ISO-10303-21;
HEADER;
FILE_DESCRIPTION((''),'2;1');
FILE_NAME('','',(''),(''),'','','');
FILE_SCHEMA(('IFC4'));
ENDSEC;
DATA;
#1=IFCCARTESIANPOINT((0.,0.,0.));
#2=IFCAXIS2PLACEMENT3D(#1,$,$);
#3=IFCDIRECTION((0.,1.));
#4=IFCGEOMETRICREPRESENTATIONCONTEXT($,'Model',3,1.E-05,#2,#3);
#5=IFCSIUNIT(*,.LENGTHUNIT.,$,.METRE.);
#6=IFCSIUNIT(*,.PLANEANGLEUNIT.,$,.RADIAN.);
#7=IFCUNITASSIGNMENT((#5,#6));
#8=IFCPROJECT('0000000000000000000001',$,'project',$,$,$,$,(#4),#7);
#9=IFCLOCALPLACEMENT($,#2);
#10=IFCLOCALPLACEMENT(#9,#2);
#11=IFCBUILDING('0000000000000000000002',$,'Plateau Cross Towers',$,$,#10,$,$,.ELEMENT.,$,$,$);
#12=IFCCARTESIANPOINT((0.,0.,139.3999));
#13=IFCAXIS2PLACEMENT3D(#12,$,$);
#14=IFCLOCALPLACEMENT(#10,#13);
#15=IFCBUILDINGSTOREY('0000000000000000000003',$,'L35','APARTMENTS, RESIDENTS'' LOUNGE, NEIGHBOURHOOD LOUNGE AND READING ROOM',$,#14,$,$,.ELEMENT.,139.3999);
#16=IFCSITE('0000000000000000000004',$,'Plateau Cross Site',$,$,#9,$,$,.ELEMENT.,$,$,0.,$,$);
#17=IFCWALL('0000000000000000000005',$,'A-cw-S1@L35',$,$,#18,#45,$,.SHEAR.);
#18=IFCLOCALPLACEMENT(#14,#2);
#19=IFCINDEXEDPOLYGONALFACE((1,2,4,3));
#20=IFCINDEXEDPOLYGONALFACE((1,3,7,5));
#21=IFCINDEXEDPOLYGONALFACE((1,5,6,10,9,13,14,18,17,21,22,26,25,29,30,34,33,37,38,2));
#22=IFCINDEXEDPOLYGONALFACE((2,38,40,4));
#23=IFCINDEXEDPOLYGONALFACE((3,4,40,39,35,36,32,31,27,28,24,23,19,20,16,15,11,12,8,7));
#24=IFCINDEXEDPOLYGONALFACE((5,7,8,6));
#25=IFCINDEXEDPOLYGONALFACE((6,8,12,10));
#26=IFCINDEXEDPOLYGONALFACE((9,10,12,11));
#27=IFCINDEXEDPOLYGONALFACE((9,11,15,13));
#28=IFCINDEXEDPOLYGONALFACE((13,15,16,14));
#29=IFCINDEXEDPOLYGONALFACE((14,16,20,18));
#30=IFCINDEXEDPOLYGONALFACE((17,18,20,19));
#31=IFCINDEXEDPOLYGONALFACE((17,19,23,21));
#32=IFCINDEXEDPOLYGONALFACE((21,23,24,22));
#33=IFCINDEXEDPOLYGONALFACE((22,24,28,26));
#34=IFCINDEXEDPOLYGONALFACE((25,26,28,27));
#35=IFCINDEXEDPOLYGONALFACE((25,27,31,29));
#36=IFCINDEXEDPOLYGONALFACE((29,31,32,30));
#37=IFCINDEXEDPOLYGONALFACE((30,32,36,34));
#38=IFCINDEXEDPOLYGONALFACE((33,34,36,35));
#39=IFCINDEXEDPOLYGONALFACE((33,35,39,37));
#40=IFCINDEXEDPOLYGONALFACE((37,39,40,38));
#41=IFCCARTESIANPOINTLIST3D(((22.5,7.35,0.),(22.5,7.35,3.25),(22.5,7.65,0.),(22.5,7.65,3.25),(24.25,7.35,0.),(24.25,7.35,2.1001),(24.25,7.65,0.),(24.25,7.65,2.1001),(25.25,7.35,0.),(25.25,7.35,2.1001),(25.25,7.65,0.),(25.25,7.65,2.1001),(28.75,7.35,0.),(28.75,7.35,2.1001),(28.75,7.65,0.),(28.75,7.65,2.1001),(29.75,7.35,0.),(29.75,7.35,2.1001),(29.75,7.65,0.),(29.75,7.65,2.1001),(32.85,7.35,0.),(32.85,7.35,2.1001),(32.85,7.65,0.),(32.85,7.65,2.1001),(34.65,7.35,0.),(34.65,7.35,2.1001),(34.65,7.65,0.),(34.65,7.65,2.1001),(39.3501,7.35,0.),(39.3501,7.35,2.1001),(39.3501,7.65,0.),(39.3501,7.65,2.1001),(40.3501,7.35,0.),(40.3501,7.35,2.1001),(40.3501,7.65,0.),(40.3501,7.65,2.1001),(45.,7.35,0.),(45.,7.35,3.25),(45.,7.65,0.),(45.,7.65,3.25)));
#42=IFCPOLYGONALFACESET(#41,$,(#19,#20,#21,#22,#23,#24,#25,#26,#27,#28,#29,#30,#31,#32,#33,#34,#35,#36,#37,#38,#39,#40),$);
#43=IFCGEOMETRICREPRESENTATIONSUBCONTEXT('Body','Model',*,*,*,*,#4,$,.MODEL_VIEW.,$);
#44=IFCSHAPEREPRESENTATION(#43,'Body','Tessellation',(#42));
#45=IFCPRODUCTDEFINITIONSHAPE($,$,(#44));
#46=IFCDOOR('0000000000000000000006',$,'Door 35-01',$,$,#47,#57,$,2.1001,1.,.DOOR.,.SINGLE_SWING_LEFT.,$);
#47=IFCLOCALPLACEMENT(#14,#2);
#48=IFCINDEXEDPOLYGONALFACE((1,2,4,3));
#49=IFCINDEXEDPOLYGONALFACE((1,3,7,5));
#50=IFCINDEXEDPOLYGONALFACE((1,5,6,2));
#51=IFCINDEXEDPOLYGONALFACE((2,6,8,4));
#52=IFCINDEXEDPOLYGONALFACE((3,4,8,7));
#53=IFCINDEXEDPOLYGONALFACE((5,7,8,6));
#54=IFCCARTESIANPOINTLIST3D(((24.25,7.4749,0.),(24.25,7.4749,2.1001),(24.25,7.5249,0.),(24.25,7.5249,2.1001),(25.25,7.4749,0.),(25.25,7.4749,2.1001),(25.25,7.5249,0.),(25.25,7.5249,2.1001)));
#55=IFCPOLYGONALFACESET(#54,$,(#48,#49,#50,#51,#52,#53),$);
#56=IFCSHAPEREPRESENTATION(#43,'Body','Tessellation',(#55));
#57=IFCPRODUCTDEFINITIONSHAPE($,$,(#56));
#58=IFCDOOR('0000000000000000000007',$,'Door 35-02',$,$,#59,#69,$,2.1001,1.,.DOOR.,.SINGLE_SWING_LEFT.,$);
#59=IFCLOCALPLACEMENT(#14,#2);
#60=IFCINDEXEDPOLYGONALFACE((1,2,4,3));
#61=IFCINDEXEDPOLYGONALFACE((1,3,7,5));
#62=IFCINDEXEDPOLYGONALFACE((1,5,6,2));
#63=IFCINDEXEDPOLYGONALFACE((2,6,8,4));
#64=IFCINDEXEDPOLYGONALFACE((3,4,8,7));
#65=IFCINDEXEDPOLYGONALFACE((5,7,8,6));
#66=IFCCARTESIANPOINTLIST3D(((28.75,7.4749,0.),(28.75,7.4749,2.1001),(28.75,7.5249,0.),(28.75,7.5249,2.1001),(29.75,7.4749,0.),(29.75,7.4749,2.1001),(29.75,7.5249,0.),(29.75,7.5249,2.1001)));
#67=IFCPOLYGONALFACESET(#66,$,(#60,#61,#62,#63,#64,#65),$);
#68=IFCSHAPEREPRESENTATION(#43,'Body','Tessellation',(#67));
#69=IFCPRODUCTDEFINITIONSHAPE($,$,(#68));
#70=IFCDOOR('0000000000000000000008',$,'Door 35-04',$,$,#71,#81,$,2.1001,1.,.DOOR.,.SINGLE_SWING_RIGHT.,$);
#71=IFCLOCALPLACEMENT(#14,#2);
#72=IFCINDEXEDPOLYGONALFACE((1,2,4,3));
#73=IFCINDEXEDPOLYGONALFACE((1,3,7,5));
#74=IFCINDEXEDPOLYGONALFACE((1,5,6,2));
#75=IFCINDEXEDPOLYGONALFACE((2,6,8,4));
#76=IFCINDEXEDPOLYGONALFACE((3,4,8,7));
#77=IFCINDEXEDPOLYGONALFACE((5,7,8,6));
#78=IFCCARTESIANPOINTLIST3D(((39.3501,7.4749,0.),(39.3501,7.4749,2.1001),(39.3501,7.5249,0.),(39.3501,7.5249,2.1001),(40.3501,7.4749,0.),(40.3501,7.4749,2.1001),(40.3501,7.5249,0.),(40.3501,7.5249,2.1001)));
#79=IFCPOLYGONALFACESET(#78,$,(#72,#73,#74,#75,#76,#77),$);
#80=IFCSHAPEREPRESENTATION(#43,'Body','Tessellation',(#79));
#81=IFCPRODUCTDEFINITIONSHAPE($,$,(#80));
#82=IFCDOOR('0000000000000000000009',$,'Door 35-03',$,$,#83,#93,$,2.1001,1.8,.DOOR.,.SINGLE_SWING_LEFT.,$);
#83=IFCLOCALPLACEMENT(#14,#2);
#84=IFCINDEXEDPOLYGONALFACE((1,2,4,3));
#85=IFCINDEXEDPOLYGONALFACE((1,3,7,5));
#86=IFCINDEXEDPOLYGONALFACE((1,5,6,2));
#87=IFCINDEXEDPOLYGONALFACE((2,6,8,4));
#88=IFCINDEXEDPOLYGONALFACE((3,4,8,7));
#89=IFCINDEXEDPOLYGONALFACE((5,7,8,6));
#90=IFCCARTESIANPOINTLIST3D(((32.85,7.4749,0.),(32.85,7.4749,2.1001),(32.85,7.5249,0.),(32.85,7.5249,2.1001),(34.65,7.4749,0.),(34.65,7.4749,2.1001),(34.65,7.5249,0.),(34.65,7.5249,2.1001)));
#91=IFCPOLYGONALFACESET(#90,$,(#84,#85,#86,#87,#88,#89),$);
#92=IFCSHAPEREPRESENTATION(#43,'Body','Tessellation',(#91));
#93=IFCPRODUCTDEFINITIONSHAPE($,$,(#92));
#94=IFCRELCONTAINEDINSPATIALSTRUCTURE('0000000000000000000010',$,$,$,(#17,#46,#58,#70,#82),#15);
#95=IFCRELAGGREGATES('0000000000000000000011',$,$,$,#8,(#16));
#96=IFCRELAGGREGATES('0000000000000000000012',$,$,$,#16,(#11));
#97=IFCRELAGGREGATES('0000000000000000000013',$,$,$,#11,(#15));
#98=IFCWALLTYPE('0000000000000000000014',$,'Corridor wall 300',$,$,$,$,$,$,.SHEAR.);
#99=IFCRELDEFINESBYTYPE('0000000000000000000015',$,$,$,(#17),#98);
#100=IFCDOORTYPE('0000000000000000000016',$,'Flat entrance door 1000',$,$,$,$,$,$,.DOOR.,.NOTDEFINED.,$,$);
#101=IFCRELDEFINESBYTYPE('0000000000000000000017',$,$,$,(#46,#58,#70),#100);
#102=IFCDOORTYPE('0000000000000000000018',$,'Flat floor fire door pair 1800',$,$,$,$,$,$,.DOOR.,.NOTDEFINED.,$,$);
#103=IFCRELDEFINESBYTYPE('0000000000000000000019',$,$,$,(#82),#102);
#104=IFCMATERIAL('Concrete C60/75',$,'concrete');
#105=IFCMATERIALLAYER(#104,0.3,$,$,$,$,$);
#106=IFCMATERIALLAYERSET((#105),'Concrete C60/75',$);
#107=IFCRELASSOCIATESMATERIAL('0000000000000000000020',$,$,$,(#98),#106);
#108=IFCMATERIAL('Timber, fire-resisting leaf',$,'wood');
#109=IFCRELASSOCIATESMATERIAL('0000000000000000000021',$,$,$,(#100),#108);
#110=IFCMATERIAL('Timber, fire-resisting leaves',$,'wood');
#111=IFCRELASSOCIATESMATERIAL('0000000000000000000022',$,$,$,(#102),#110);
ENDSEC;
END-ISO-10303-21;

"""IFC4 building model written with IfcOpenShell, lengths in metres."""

from ifc_helpers import new_model, si_unit, direction, frame, frame_2d, origin, place, context, subcontext, project, spatial, rectangle, extrude, material, layer, layer_set, type_object, element, fill, save


model = new_model("IFC4")

# Units and contexts
model_context = context("Model", 3, precision=1e-05, world=origin(), true_north=direction((0.0, 1.0)))
body_context = subcontext(model_context, "Body", "Model", "MODEL_VIEW")
ifc_project = project(units=[si_unit("LENGTHUNIT", "METRE"), si_unit("PLANEANGLEUNIT", "RADIAN")], contexts=[model_context])

# Site, building, storey
site_placement = place(None, origin())
site = spatial("IfcSite", under=ifc_project, at=site_placement, Name="Plateau Cross Site", CompositionType="ELEMENT", RefElevation=0.0)
building_placement = place(site_placement, origin())
building = spatial("IfcBuilding", under=site, at=building_placement, Name="Plateau Cross Towers", CompositionType="ELEMENT")
storey_placement = place(building_placement, frame((0.0, 0.0, 139.3999)))
storey = spatial("IfcBuildingStorey", under=building, at=storey_placement, Name="L35", Description="APARTMENTS, RESIDENTS' LOUNGE, NEIGHBOURHOOD LOUNGE AND READING ROOM", CompositionType="ELEMENT", Elevation=139.3999)

# Shared definitions
ifc_material_1 = material(Name="Concrete C60/75", Category="concrete")

# Wall, openings, doors
ifc_layer_1 = layer(ifc_material_1, 0.3)
ifc_layer_set_1 = layer_set([ifc_layer_1], Name="Concrete C60/75")
wall_type_1 = type_object("IfcWallType", Name="Corridor wall 300", PredefinedType="SHEAR", material=ifc_layer_set_1)
wall_1_placement = place(storey_placement, frame((22.5, 7.5, 0.0), z_axis=(0.0, 0.0, 1.0), x_axis=(1.0, 0.0, 0.0)))
wall_1 = element("IfcWall", 1, at=wall_1_placement, inside=storey, type_object=wall_type_1, Name="A-cw-S1@L35", PredefinedType="SHEAR", context=body_context, shape_type="SweptSolid", body=[
    extrude(rectangle(XDim=22.5, YDim=0.3, at=frame_2d((11.25, 0.0))), origin(), (0.0, 0.0, 1.0), 3.25),
])
opening_1_placement = place(wall_1_placement, frame((1.75, 0.0, 0.0)))
opening_1 = element("IfcOpeningElement", 2, at=opening_1_placement, cuts=wall_1, PredefinedType="OPENING", context=body_context, shape_type="SweptSolid", body=[
    extrude(rectangle(XDim=1.0, YDim=2.1001, at=frame_2d((0.5, 1.05))), frame((0.0, 0.1599, 0.0), z_axis=(0.0, -1.0, 0.0), x_axis=(1.0, 0.0, 0.0)), (0.0, 0.0, 1.0), 0.3201),
])
opening_2_placement = place(wall_1_placement, frame((6.25, 0.0, 0.0)))
opening_2 = element("IfcOpeningElement", 3, at=opening_2_placement, cuts=wall_1, PredefinedType="OPENING", context=body_context, shape_type="SweptSolid", body=[
    extrude(rectangle(XDim=1.0, YDim=2.1001, at=frame_2d((0.5, 1.05))), frame((0.0, 0.1599, 0.0), z_axis=(0.0, -1.0, 0.0), x_axis=(1.0, 0.0, 0.0)), (0.0, 0.0, 1.0), 0.3201),
])
opening_3_placement = place(wall_1_placement, frame((10.3501, 0.0, 0.0)))
opening_3 = element("IfcOpeningElement", 4, at=opening_3_placement, cuts=wall_1, PredefinedType="OPENING", context=body_context, shape_type="SweptSolid", body=[
    extrude(rectangle(XDim=1.8, YDim=2.1001, at=frame_2d((0.8999, 1.05))), frame((0.0, 0.1599, 0.0), z_axis=(0.0, -1.0, 0.0), x_axis=(1.0, 0.0, 0.0)), (0.0, 0.0, 1.0), 0.3201),
])
opening_4_placement = place(wall_1_placement, frame((16.8501, 0.0, 0.0)))
opening_4 = element("IfcOpeningElement", 5, at=opening_4_placement, cuts=wall_1, PredefinedType="OPENING", context=body_context, shape_type="SweptSolid", body=[
    extrude(rectangle(XDim=1.0, YDim=2.1001, at=frame_2d((0.5, 1.05))), frame((0.0, 0.1599, 0.0), z_axis=(0.0, -1.0, 0.0), x_axis=(1.0, 0.0, 0.0)), (0.0, 0.0, 1.0), 0.3201),
])
ifc_material_2 = material(Name="Timber, fire-resisting leaf", Category="wood")
door_type_1 = type_object("IfcDoorType", Name="Flat entrance door 1000", OperationType="NOTDEFINED", PredefinedType="DOOR", material=ifc_material_2)
door_1_placement = place(opening_1_placement, origin())
door_1 = element("IfcDoor", 6, at=door_1_placement, inside=storey, type_object=door_type_1, Name="Door 35-01", OperationType="SINGLE_SWING_LEFT", OverallHeight=2.1001, OverallWidth=1.0, PredefinedType="DOOR", context=body_context, shape_type="SweptSolid", body=[
    extrude(rectangle(XDim=1.0, YDim=2.1001, at=frame_2d((0.5, 1.05))), frame((0.0, 0.0249, 0.0), z_axis=(0.0, -1.0, 0.0), x_axis=(1.0, 0.0, 0.0)), (0.0, 0.0, 1.0), 0.05),
])
fill(opening_1, door_1)
door_2_placement = place(opening_2_placement, origin())
door_2 = element("IfcDoor", 7, at=door_2_placement, inside=storey, type_object=door_type_1, Name="Door 35-02", OperationType="SINGLE_SWING_LEFT", OverallHeight=2.1001, OverallWidth=1.0, PredefinedType="DOOR", context=body_context, shape_type="SweptSolid", body=[
    extrude(rectangle(XDim=1.0, YDim=2.1001, at=frame_2d((0.5, 1.05))), frame((0.0, 0.0249, 0.0), z_axis=(0.0, -1.0, 0.0), x_axis=(1.0, 0.0, 0.0)), (0.0, 0.0, 1.0), 0.05),
])
fill(opening_2, door_2)
door_3_placement = place(opening_4_placement, origin())
door_3 = element("IfcDoor", 8, at=door_3_placement, inside=storey, type_object=door_type_1, Name="Door 35-04", OperationType="SINGLE_SWING_RIGHT", OverallHeight=2.1001, OverallWidth=1.0, PredefinedType="DOOR", context=body_context, shape_type="SweptSolid", body=[
    extrude(rectangle(XDim=1.0, YDim=2.1001, at=frame_2d((0.5, 1.05))), frame((0.0, 0.0249, 0.0), z_axis=(0.0, -1.0, 0.0), x_axis=(1.0, 0.0, 0.0)), (0.0, 0.0, 1.0), 0.05),
])
fill(opening_4, door_3)
ifc_material_3 = material(Name="Timber, fire-resisting leaves", Category="wood")
door_type_2 = type_object("IfcDoorType", Name="Flat floor fire door pair 1800", OperationType="NOTDEFINED", PredefinedType="DOOR", material=ifc_material_3)
door_4_placement = place(opening_3_placement, origin())
door_4 = element("IfcDoor", 9, at=door_4_placement, inside=storey, type_object=door_type_2, Name="Door 35-03", OperationType="SINGLE_SWING_LEFT", OverallHeight=2.1001, OverallWidth=1.8, PredefinedType="DOOR", context=body_context, shape_type="SweptSolid", body=[
    extrude(rectangle(XDim=1.8, YDim=2.1001, at=frame_2d((0.8999, 1.05))), frame((0.0, 0.0249, 0.0), z_axis=(0.0, -1.0, 0.0), x_axis=(1.0, 0.0, 0.0)), (0.0, 0.0, 1.0), 0.05),
])
fill(opening_3, door_4)

save(model, "model.ifc")
